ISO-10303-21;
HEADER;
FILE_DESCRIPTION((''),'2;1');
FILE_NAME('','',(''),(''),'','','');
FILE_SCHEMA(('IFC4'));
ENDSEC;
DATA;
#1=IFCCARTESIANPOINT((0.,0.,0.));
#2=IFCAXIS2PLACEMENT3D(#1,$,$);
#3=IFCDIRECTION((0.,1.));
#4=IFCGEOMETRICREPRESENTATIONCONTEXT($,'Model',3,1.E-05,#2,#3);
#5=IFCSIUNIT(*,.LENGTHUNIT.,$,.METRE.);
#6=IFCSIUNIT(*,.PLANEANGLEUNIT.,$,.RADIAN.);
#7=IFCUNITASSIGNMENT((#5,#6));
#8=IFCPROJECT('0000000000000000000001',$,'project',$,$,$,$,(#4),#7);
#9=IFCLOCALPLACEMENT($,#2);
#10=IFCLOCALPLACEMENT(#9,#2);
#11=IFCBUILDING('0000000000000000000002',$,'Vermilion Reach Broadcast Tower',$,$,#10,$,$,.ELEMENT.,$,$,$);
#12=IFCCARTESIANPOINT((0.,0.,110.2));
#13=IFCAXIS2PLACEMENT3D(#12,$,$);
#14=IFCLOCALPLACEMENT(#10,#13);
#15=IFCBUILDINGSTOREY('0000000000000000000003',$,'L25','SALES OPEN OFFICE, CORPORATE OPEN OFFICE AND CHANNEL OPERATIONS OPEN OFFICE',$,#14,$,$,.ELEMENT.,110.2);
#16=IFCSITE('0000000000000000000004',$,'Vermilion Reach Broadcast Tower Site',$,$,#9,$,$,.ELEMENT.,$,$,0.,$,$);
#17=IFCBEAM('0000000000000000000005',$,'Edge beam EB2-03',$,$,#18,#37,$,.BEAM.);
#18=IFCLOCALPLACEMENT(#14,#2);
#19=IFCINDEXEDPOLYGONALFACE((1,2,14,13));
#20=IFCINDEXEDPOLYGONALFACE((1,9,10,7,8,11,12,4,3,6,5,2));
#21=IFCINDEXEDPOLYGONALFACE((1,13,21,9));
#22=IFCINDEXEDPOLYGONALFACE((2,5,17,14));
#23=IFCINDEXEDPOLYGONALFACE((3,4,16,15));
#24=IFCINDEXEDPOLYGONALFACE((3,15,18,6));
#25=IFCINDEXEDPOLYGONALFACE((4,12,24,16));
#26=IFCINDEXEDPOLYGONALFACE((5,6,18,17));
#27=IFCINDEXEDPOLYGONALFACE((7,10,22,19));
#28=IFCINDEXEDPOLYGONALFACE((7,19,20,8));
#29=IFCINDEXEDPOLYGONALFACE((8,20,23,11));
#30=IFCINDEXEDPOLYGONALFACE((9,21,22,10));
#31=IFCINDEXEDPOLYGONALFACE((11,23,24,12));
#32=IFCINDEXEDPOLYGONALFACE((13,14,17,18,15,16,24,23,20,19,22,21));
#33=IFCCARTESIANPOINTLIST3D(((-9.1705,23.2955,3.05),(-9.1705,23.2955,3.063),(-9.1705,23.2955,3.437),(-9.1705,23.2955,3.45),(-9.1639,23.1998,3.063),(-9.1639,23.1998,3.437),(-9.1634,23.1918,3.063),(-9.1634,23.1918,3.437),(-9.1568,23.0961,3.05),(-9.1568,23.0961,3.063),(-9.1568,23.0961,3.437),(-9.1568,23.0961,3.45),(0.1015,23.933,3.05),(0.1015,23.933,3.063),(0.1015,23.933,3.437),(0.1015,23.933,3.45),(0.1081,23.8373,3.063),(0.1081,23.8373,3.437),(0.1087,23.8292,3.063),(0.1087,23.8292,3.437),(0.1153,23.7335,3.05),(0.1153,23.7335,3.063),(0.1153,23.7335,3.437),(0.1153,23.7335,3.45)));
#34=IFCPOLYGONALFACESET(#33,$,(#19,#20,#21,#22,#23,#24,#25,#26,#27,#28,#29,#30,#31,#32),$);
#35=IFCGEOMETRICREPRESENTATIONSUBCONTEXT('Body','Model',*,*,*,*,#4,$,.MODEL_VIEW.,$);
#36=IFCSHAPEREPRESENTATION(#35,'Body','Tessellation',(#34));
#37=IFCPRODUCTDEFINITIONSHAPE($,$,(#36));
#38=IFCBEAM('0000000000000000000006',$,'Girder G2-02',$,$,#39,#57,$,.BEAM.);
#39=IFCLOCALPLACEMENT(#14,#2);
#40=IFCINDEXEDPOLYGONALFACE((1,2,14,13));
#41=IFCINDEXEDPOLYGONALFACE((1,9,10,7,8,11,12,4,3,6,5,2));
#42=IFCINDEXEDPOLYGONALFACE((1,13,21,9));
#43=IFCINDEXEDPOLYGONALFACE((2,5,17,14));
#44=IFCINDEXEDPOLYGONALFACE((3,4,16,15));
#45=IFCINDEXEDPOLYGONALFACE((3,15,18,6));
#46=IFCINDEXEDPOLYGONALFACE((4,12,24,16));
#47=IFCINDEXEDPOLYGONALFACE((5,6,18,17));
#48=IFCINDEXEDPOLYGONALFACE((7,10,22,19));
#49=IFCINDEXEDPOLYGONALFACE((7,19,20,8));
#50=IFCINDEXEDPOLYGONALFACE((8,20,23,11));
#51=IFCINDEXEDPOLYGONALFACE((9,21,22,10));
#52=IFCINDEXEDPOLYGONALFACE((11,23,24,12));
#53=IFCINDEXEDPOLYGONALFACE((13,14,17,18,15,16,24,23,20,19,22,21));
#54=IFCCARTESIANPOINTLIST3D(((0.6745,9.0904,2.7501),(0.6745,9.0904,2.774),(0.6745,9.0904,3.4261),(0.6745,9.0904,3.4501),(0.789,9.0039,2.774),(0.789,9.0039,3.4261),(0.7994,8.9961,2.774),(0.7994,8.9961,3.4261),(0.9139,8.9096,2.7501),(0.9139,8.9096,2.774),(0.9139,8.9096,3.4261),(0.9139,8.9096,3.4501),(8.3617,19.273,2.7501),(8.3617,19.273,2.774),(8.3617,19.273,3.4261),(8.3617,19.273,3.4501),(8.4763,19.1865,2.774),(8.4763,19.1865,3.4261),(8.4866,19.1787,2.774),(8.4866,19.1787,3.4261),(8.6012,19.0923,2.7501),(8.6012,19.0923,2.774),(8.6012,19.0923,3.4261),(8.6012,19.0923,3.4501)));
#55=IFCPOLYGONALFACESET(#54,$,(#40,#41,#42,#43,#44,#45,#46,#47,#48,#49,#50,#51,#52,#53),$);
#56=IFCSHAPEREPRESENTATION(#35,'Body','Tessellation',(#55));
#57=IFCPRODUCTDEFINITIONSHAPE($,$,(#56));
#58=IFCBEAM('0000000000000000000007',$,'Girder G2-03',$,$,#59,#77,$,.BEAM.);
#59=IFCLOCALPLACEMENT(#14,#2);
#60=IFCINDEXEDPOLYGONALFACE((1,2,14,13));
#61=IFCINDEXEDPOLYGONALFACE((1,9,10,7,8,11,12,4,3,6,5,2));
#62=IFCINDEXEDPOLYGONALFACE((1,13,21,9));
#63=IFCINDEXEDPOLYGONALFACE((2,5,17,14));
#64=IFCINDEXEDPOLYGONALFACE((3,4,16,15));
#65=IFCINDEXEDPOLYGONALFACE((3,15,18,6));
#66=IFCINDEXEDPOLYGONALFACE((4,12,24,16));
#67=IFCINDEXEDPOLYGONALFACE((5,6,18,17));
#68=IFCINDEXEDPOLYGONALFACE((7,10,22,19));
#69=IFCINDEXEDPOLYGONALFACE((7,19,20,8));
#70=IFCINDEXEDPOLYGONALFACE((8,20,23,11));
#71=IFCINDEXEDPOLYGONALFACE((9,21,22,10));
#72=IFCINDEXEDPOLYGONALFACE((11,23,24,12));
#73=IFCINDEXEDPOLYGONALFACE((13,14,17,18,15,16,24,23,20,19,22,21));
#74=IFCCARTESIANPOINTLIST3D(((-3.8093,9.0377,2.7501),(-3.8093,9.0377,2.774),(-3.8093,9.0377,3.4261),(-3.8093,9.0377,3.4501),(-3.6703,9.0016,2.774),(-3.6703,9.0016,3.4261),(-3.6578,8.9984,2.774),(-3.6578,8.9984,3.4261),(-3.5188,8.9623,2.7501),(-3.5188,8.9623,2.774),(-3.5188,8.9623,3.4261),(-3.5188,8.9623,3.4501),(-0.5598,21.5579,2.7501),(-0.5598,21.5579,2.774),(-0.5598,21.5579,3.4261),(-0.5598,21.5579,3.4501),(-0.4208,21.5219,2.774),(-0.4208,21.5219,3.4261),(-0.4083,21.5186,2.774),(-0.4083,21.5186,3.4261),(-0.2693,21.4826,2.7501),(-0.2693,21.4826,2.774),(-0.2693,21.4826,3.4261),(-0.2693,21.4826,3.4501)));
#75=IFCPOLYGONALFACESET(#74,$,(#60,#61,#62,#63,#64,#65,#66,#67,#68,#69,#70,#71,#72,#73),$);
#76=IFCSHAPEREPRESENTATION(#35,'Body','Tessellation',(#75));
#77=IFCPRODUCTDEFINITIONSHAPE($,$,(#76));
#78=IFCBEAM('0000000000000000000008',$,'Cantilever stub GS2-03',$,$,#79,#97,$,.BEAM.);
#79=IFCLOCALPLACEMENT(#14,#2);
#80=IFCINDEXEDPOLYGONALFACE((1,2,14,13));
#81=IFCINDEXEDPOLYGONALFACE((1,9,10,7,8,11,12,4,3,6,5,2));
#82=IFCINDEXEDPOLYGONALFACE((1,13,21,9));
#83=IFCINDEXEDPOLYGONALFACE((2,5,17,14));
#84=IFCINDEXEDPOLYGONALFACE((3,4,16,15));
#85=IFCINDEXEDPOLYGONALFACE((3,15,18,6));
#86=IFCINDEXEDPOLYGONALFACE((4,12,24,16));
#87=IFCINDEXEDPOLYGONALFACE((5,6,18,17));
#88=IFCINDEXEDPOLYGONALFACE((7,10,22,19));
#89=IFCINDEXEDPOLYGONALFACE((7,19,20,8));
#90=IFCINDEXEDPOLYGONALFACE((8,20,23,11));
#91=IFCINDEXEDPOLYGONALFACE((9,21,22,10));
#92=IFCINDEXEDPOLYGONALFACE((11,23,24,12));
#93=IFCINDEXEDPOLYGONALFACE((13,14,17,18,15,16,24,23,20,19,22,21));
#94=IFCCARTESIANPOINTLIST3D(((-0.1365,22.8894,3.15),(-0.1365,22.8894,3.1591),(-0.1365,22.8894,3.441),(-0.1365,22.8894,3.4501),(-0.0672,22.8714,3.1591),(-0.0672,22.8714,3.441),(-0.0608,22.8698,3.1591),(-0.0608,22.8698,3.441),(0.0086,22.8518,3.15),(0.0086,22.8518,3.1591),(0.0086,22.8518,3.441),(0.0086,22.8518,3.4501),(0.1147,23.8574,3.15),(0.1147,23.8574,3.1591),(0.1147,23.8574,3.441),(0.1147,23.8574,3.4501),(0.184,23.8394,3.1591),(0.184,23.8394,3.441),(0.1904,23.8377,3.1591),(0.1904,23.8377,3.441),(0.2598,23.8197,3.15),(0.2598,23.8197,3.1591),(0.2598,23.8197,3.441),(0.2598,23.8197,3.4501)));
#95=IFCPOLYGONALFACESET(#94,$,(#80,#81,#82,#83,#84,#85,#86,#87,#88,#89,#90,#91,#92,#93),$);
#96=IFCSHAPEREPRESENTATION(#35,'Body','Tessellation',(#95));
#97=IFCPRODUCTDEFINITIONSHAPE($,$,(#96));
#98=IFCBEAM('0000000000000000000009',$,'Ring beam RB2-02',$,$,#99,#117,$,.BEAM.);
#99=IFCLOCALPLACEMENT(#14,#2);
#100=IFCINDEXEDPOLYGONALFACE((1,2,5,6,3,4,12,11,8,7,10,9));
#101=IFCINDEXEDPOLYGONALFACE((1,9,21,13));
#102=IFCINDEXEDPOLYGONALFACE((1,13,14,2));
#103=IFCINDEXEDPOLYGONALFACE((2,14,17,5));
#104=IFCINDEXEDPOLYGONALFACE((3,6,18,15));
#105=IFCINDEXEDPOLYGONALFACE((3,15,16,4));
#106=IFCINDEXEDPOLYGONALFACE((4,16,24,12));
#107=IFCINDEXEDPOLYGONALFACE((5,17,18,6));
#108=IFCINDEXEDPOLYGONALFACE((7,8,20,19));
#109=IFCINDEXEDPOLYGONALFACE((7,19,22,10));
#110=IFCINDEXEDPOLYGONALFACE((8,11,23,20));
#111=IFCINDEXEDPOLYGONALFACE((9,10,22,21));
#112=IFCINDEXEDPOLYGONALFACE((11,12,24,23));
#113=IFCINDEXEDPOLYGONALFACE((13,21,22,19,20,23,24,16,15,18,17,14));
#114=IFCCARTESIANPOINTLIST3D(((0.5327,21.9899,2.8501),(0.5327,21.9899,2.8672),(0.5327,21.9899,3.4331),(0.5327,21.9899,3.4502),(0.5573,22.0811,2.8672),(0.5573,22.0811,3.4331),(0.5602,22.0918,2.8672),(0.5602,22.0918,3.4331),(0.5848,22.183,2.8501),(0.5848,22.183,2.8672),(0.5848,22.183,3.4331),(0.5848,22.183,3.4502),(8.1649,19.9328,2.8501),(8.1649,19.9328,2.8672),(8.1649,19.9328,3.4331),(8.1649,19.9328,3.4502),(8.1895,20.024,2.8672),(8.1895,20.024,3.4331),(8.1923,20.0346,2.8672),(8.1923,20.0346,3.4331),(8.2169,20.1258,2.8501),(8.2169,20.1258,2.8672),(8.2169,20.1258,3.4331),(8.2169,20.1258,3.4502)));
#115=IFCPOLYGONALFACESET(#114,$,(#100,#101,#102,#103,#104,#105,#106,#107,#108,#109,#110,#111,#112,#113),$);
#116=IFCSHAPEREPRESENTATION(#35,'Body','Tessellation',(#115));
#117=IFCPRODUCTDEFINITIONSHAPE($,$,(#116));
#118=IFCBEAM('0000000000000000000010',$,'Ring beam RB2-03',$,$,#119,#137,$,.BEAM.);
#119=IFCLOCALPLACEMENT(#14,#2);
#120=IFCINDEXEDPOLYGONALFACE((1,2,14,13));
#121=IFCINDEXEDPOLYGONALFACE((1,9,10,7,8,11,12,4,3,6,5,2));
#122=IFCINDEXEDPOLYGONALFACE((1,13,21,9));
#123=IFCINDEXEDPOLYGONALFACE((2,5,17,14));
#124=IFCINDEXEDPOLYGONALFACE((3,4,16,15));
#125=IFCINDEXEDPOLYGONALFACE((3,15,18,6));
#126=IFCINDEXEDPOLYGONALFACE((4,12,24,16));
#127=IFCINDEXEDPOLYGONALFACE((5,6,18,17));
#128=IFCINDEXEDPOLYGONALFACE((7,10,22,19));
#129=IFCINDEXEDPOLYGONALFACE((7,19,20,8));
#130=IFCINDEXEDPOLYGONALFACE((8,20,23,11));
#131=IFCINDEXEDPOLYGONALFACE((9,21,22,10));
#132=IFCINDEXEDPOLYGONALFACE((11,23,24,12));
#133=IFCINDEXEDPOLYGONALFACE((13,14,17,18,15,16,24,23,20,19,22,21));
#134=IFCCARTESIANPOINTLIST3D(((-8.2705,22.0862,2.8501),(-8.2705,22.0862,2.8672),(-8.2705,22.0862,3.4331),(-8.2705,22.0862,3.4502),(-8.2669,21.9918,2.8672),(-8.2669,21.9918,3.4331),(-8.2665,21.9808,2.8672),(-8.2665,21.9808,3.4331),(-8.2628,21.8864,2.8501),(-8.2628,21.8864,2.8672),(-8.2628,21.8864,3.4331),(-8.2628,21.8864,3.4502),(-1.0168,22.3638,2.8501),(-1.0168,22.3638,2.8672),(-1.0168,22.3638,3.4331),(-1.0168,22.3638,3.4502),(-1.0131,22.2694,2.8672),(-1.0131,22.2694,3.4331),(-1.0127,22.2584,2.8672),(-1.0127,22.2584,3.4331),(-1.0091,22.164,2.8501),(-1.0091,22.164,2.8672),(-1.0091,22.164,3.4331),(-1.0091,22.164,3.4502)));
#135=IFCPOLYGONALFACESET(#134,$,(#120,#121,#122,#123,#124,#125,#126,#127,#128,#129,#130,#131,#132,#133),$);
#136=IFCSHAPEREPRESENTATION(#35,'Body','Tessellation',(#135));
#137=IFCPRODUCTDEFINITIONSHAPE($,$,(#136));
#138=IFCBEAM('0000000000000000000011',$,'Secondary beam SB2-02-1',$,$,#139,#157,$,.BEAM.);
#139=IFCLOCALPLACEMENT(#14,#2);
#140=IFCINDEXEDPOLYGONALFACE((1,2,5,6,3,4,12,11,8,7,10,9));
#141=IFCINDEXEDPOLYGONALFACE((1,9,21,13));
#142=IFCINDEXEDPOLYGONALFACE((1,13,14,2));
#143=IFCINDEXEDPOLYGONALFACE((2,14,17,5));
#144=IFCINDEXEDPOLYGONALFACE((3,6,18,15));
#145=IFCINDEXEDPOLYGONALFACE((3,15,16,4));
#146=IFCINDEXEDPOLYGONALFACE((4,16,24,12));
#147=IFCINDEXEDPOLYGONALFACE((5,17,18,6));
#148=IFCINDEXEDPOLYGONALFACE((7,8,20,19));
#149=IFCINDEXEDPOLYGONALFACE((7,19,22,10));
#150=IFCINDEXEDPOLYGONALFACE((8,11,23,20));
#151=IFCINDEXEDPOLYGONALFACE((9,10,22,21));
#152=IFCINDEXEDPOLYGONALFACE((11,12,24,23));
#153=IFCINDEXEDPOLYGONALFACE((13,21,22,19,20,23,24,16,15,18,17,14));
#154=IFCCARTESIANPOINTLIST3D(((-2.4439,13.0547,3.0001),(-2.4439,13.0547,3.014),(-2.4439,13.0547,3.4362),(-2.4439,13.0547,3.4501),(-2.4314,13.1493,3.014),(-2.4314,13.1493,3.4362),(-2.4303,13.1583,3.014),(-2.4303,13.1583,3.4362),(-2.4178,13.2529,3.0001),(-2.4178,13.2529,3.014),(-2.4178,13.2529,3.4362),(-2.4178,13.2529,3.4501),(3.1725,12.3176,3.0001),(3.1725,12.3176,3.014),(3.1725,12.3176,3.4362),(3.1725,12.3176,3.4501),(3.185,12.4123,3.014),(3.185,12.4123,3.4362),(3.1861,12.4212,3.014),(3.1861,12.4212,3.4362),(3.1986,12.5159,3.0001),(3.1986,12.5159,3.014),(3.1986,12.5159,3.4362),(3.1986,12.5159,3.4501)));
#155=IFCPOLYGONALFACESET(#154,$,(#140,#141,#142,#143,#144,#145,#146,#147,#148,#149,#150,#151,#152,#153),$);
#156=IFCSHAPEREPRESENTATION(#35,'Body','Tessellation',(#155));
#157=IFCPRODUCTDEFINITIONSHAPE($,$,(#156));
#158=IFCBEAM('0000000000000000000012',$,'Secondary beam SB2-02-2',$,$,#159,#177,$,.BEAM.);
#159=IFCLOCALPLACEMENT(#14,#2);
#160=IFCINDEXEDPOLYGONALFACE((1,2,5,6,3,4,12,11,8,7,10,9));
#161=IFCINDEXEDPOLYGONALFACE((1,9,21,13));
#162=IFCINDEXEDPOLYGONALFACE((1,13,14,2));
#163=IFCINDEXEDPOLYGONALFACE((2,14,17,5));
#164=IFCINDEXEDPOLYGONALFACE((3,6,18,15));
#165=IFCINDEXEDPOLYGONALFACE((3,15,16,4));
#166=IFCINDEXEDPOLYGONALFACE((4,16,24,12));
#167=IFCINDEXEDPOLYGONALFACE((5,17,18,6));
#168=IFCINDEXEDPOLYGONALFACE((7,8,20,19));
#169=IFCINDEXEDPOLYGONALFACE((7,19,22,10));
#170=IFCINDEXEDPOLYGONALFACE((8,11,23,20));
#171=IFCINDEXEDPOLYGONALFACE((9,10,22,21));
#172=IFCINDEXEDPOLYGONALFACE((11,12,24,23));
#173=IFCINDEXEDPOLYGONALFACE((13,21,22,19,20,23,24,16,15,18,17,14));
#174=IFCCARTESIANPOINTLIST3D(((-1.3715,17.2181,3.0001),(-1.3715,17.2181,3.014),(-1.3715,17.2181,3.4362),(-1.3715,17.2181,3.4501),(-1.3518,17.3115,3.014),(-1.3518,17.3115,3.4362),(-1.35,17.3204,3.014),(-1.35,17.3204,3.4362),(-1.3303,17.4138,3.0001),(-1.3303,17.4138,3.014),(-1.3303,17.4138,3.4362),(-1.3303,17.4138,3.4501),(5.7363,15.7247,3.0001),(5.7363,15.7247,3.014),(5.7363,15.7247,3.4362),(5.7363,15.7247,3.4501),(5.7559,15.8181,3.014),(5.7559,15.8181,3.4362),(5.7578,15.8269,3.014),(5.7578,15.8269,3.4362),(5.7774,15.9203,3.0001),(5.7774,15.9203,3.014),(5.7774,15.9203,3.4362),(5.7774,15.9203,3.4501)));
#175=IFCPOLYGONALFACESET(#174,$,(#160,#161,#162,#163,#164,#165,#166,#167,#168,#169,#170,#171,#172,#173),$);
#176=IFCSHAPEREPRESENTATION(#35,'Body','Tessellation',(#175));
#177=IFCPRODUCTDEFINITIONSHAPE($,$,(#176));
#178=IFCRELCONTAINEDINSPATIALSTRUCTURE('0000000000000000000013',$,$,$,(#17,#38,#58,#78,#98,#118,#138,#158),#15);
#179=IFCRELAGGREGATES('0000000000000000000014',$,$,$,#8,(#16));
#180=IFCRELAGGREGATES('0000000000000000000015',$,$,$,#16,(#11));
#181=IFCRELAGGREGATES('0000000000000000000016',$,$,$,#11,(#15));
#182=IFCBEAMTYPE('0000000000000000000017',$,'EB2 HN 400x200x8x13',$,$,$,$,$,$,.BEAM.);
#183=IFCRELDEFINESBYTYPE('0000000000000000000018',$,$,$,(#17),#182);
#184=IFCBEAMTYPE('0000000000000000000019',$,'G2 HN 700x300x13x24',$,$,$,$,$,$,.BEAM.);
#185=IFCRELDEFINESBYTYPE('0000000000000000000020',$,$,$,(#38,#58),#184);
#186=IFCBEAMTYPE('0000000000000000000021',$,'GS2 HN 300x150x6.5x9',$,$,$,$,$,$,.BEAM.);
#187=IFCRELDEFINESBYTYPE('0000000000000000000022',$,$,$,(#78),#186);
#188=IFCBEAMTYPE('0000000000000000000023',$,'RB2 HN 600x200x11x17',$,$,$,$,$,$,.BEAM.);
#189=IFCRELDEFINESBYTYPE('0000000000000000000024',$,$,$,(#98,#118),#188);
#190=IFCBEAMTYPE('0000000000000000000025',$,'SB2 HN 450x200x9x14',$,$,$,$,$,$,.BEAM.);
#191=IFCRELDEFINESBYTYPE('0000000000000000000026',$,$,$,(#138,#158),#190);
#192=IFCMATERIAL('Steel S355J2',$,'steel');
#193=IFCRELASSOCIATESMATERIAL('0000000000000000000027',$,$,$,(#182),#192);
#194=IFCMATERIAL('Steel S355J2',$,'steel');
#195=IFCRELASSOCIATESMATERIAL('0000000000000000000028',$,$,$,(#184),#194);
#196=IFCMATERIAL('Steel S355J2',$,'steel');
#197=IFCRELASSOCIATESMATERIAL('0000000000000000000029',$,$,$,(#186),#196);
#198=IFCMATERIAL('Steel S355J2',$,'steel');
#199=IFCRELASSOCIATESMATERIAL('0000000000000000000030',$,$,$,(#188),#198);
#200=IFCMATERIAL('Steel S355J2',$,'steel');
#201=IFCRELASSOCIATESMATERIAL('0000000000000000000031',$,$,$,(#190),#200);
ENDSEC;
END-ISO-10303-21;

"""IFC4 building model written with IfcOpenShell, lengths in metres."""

from ifc_helpers import new_model, si_unit, direction, frame, origin, origin_2d, place, context, subcontext, project, spatial, i_section, extrude, material, material_profile, profile_set, type_object, element, save


model = new_model("IFC4")

# Units and contexts
model_context = context("Model", 3, precision=1e-05, world=origin(), true_north=direction((0.0, 1.0)))
body_context = subcontext(model_context, "Body", "Model", "MODEL_VIEW")
ifc_project = project(units=[si_unit("LENGTHUNIT", "METRE"), si_unit("PLANEANGLEUNIT", "RADIAN")], contexts=[model_context])

# Site, building, storey
site_placement = place(None, origin())
site = spatial("IfcSite", under=ifc_project, at=site_placement, Name="Vermilion Reach Broadcast Tower Site", CompositionType="ELEMENT", RefElevation=0.0)
building_placement = place(site_placement, origin())
building = spatial("IfcBuilding", under=site, at=building_placement, Name="Vermilion Reach Broadcast Tower", CompositionType="ELEMENT")
storey_placement = place(building_placement, frame((0.0, 0.0, 110.2)))
storey = spatial("IfcBuildingStorey", under=building, at=storey_placement, Name="L25", Description="SALES OPEN OFFICE, CORPORATE OPEN OFFICE AND CHANNEL OPERATIONS OPEN OFFICE", CompositionType="ELEMENT", Elevation=110.2)

# Beams
ifc_material_1 = material(Name="Steel S355J2", Category="steel")
ifc_material_profile_1 = material_profile(ifc_material_1, i_section(OverallWidth=0.2, OverallDepth=0.3999, WebThickness=0.0081, FlangeThickness=0.0129, at=origin_2d()), Name="S355J2 HN 400x200x8x13")
ifc_profile_set_1 = profile_set([ifc_material_profile_1], Name="Steel S355J2")
beam_type_1 = type_object("IfcBeamType", Name="EB2 HN 400x200x8x13", PredefinedType="BEAM", material=ifc_profile_set_1)
beam_1_placement = place(storey_placement, frame((0.1084, 23.8333, 3.25), z_axis=(-0.997645, -0.068588, 0.0), x_axis=(0.068588, -0.997645, 0.0)))
element("IfcBeam", 1, at=beam_1_placement, inside=storey, type_object=beam_type_1, Name="Edge beam EB2-03", PredefinedType="BEAM", context=body_context, shape_type="SweptSolid", body=[
    extrude(i_section(OverallWidth=0.2, OverallDepth=0.3999, WebThickness=0.0081, FlangeThickness=0.0129, at=origin_2d()), origin(), (0.0, 0.0, 1.0), 9.2939),
])
ifc_material_2 = material(Name="Steel S355J2", Category="steel")
ifc_material_profile_2 = material_profile(ifc_material_2, i_section(OverallWidth=0.3, OverallDepth=0.7, WebThickness=0.0129, FlangeThickness=0.0239, at=origin_2d()), Name="S355J2 HN 700x300x13x24")
ifc_profile_set_2 = profile_set([ifc_material_profile_2], Name="Steel S355J2")
beam_type_2 = type_object("IfcBeamType", Name="G2 HN 700x300x13x24", PredefinedType="BEAM", material=ifc_profile_set_2)
beam_2_placement = place(storey_placement, frame((0.7942, 9.0, 3.1001), z_axis=(0.60252, 0.798104, 0.0), x_axis=(-0.798104, 0.60252, 0.0)))
element("IfcBeam", 2, at=beam_2_placement, inside=storey, type_object=beam_type_2, Name="Girder G2-02", PredefinedType="BEAM", context=body_context, shape_type="SweptSolid", body=[
    extrude(i_section(OverallWidth=0.3, OverallDepth=0.7, WebThickness=0.0129, FlangeThickness=0.0239, at=origin_2d()), origin(), (0.0, 0.0, 1.0), 12.7585),
])
beam_3_placement = place(storey_placement, frame((-3.6641, 9.0, 3.1001), z_axis=(0.251217, 0.967931, 0.0), x_axis=(-0.967931, 0.251217, 0.0)))
element("IfcBeam", 3, at=beam_3_placement, inside=storey, type_object=beam_type_2, Name="Girder G2-03", PredefinedType="BEAM", context=body_context, shape_type="SweptSolid", body=[
    extrude(i_section(OverallWidth=0.3, OverallDepth=0.7, WebThickness=0.0129, FlangeThickness=0.0239, at=origin_2d()), origin(), (0.0, 0.0, 1.0), 12.9351),
])
ifc_material_3 = material(Name="Steel S355J2", Category="steel")
ifc_material_profile_3 = material_profile(ifc_material_3, i_section(OverallWidth=0.1499, OverallDepth=0.3, WebThickness=0.0066, FlangeThickness=0.009, at=origin_2d()), Name="S355J2 HN 300x150x6.5x9")
ifc_profile_set_3 = profile_set([ifc_material_profile_3], Name="Steel S355J2")
beam_type_3 = type_object("IfcBeamType", Name="GS2 HN 300x150x6.5x9", PredefinedType="BEAM", material=ifc_profile_set_3)
beam_4_placement = place(storey_placement, frame((-0.064, 22.8706, 3.3), z_axis=(0.251199, 0.967935, 0.0), x_axis=(-0.967935, 0.251199, 0.0)))
element("IfcBeam", 4, at=beam_4_placement, inside=storey, type_object=beam_type_3, Name="Cantilever stub GS2-03", PredefinedType="BEAM", context=body_context, shape_type="SweptSolid", body=[
    extrude(i_section(OverallWidth=0.1499, OverallDepth=0.3, WebThickness=0.0066, FlangeThickness=0.009, at=origin_2d()), origin(), (0.0, 0.0, 1.0), 1.0),
])
ifc_material_4 = material(Name="Steel S355J2", Category="steel")
ifc_material_profile_4 = material_profile(ifc_material_4, i_section(OverallWidth=0.2, OverallDepth=0.6001, WebThickness=0.011, FlangeThickness=0.0171, at=origin_2d()), Name="S355J2 HN 600x200x11x17")
ifc_profile_set_4 = profile_set([ifc_material_profile_4], Name="Steel S355J2")
beam_type_4 = type_object("IfcBeamType", Name="RB2 HN 600x200x11x17", PredefinedType="BEAM", material=ifc_profile_set_4)
beam_5_placement = place(storey_placement, frame((8.1909, 20.0293, 3.1501), z_axis=(-0.965541, 0.260249, 0.0), x_axis=(-0.260249, -0.965541, 0.0)))
element("IfcBeam", 5, at=beam_5_placement, inside=storey, type_object=beam_type_4, Name="Ring beam RB2-02", PredefinedType="BEAM", context=body_context, shape_type="SweptSolid", body=[
    extrude(i_section(OverallWidth=0.2, OverallDepth=0.6001, WebThickness=0.011, FlangeThickness=0.0171, at=origin_2d()), origin(), (0.0, 0.0, 1.0), 7.9045),
])
beam_6_placement = place(storey_placement, frame((-1.0129, 22.2639, 3.1501), z_axis=(-0.999269, -0.038241, 0.0), x_axis=(0.038241, -0.999269, 0.0)))
element("IfcBeam", 6, at=beam_6_placement, inside=storey, type_object=beam_type_4, Name="Ring beam RB2-03", PredefinedType="BEAM", context=body_context, shape_type="SweptSolid", body=[
    extrude(i_section(OverallWidth=0.2, OverallDepth=0.6001, WebThickness=0.011, FlangeThickness=0.0171, at=origin_2d()), origin(), (0.0, 0.0, 1.0), 7.259),
])
ifc_material_5 = material(Name="Steel S355J2", Category="steel")
ifc_material_profile_5 = material_profile(ifc_material_5, i_section(OverallWidth=0.2, OverallDepth=0.45, WebThickness=0.009, FlangeThickness=0.0139, at=origin_2d()), Name="S355J2 HN 450x200x9x14")
ifc_profile_set_5 = profile_set([ifc_material_profile_5], Name="Steel S355J2")
beam_type_5 = type_object("IfcBeamType", Name="SB2 HN 450x200x9x14", PredefinedType="BEAM", material=ifc_profile_set_5)
beam_7_placement = place(storey_placement, frame((3.1855, 12.4167, 3.2251), z_axis=(-0.991499, 0.130117, 0.0), x_axis=(-0.130117, -0.991499, 0.0)))
element("IfcBeam", 7, at=beam_7_placement, inside=storey, type_object=beam_type_5, Name="Secondary beam SB2-02-1", PredefinedType="BEAM", context=body_context, shape_type="SweptSolid", body=[
    extrude(i_section(OverallWidth=0.2, OverallDepth=0.45, WebThickness=0.009, FlangeThickness=0.0139, at=origin_2d()), origin(), (0.0, 0.0, 1.0), 5.6646),
])
beam_8_placement = place(storey_placement, frame((5.7568, 15.8225, 3.2251), z_axis=(-0.978631, 0.205623, 0.0), x_axis=(-0.205623, -0.978631, 0.0)))
element("IfcBeam", 8, at=beam_8_placement, inside=storey, type_object=beam_type_5, Name="Secondary beam SB2-02-2", PredefinedType="BEAM", context=body_context, shape_type="SweptSolid", body=[
    extrude(i_section(OverallWidth=0.2, OverallDepth=0.45, WebThickness=0.009, FlangeThickness=0.0139, at=origin_2d()), origin(), (0.0, 0.0, 1.0), 7.2629),
])

save(model, "model.ifc")
